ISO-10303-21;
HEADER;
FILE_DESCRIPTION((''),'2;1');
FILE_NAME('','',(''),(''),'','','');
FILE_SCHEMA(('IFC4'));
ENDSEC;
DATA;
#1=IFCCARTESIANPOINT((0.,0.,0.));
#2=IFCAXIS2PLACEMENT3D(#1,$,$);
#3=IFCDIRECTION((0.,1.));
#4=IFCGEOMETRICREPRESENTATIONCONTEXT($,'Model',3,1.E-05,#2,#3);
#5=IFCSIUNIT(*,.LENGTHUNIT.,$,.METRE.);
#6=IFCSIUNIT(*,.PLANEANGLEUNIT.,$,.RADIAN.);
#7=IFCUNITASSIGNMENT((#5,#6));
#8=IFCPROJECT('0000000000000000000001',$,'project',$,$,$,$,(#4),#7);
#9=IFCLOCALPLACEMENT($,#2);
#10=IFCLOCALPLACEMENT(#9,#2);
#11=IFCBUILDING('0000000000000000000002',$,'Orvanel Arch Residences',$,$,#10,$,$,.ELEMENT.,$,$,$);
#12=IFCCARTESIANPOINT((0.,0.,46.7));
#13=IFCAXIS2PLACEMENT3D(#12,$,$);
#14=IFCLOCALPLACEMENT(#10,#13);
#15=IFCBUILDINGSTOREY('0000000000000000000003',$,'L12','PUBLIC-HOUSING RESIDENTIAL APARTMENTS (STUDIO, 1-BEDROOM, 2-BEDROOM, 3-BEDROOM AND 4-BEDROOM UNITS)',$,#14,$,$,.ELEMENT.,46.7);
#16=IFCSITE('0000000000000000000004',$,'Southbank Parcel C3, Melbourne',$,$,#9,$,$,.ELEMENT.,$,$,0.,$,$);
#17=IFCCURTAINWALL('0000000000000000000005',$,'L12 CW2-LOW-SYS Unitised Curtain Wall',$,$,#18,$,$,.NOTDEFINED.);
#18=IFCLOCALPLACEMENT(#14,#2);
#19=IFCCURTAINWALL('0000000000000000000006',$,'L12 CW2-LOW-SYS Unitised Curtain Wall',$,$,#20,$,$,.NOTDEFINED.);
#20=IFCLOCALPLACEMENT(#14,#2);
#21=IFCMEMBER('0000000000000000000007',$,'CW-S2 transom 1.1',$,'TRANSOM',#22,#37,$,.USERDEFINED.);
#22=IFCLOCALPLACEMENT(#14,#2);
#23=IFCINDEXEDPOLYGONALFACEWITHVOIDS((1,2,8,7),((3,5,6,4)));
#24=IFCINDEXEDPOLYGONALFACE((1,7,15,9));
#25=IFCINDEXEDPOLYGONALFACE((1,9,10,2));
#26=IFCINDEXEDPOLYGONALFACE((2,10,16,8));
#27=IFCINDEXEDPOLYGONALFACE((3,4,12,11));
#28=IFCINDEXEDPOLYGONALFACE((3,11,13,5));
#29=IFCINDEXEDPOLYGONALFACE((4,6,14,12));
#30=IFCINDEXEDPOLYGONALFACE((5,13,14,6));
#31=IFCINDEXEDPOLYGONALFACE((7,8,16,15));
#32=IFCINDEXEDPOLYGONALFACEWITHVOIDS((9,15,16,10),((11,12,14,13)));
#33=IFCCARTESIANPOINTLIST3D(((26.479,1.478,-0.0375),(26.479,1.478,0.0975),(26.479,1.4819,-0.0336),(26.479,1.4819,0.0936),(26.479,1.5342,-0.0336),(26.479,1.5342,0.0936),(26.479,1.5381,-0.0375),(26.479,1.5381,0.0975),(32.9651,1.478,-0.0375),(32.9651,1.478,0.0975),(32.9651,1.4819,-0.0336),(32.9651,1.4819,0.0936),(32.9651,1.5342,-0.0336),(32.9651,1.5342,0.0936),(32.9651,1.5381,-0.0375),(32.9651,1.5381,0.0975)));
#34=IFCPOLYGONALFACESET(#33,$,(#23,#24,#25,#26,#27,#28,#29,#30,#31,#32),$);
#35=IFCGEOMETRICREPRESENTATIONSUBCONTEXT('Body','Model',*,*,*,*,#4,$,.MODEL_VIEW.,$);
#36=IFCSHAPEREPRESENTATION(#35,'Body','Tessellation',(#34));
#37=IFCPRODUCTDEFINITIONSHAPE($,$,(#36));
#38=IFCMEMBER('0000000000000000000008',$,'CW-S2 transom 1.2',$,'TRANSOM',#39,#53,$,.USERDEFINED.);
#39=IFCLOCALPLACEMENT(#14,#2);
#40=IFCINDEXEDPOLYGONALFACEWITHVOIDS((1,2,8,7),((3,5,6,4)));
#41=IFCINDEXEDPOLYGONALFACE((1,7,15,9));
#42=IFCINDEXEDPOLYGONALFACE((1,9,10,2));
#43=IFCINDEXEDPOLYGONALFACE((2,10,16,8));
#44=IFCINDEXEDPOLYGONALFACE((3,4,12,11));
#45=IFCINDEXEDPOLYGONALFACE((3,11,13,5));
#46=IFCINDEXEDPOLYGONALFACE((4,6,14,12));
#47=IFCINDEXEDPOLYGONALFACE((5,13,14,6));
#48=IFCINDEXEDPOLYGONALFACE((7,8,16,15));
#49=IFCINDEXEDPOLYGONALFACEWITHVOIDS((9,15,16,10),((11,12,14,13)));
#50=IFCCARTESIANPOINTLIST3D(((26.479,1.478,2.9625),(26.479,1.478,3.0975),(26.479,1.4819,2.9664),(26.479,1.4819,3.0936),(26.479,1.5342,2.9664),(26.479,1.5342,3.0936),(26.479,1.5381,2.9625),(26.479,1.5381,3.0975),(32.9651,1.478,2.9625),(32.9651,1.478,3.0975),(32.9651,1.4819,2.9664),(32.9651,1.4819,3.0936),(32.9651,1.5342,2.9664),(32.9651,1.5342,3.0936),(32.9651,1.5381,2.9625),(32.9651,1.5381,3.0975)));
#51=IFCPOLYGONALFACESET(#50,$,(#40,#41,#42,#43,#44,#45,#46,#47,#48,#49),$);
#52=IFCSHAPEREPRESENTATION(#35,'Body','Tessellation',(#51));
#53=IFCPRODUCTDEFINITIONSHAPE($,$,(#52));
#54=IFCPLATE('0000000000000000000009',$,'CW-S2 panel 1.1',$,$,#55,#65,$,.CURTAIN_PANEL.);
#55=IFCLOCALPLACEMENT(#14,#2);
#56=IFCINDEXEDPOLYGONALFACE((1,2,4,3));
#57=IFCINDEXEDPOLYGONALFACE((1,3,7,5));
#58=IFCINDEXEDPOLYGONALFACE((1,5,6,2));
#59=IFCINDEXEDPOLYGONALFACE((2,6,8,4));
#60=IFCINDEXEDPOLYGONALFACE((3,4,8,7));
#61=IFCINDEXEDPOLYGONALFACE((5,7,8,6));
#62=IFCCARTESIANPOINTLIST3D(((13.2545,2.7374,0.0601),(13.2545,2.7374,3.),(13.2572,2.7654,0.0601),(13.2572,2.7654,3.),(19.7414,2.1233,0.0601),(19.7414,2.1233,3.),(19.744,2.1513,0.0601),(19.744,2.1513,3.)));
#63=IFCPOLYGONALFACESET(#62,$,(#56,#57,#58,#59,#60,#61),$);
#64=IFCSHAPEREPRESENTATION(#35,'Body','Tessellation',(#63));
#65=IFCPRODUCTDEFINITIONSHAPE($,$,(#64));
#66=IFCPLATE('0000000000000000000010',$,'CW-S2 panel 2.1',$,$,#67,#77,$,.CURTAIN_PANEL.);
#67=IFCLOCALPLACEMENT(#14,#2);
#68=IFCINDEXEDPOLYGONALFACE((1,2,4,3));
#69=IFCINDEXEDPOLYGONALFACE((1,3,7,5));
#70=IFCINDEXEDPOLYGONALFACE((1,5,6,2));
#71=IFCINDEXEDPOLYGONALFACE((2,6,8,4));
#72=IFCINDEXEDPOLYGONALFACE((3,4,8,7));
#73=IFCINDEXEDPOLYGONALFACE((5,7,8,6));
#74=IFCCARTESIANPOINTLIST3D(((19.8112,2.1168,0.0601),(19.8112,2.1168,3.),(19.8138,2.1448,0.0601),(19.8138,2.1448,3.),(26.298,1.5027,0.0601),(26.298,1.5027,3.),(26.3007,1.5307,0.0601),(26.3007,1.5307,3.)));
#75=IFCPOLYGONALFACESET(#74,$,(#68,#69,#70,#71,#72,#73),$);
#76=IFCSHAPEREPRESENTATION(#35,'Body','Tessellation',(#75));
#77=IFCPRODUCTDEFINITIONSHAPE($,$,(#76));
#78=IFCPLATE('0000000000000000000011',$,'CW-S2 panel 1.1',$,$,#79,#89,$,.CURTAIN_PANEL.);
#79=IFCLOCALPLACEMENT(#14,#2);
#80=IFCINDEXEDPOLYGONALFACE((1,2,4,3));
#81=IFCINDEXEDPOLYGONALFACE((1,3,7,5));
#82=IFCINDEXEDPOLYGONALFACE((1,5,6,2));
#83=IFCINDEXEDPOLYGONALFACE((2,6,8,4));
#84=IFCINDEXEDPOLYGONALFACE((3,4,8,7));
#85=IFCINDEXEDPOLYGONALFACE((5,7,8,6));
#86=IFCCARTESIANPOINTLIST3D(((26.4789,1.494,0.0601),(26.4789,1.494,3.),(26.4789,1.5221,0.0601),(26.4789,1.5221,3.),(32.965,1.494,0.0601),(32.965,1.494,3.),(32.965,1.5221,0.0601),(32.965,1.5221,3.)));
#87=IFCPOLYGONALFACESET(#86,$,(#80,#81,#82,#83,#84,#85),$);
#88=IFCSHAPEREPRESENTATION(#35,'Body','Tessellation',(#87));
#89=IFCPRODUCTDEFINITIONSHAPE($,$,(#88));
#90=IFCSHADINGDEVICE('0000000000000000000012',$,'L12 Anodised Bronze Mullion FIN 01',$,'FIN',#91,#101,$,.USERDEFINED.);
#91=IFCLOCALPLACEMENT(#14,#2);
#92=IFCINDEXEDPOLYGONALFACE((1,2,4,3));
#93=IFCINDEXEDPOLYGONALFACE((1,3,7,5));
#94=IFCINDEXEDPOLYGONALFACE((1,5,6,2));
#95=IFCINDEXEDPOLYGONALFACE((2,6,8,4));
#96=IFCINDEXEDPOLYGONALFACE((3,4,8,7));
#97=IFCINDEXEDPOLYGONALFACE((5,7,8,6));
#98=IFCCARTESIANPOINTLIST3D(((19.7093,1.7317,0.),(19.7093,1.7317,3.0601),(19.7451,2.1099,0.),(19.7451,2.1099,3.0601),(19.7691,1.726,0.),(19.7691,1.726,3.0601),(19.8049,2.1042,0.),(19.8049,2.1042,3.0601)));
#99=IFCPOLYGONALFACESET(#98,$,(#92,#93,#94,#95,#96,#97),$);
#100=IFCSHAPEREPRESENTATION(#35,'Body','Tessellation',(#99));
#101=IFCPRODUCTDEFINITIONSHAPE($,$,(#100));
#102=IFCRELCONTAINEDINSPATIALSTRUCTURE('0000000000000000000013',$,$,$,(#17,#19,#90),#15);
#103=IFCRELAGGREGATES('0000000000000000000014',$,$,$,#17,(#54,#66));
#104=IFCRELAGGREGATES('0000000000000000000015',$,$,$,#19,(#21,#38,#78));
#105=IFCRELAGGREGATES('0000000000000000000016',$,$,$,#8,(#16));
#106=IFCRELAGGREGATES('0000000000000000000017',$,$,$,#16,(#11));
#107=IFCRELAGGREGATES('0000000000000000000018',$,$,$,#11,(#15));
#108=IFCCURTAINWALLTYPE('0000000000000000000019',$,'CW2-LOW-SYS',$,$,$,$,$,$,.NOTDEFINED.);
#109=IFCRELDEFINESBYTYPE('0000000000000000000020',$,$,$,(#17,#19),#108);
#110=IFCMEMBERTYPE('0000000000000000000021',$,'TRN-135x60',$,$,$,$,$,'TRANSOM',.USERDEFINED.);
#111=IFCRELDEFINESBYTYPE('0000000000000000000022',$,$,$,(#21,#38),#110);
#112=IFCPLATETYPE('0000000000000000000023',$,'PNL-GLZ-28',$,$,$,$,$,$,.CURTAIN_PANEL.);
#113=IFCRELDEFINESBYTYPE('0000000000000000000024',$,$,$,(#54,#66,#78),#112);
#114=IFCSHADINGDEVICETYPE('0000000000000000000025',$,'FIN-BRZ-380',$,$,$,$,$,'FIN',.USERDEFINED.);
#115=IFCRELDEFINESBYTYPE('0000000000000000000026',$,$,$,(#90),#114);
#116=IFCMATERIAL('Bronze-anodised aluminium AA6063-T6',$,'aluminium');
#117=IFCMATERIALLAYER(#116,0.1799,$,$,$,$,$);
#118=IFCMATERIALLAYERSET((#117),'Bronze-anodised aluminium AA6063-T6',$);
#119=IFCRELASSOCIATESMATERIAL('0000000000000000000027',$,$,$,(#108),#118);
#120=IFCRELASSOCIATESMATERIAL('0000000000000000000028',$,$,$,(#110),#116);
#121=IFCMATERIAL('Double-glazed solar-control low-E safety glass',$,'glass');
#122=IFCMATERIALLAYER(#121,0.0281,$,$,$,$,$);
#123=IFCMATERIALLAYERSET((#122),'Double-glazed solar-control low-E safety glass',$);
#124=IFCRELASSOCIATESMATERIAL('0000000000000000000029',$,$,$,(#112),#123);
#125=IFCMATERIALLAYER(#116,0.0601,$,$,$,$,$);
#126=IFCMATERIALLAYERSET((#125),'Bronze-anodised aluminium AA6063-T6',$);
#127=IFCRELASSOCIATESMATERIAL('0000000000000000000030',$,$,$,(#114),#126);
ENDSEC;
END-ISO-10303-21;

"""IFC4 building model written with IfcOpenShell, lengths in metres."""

from ifc_helpers import new_model, si_unit, direction, frame, origin, origin_2d, place, context, subcontext, project, spatial, rectangle, hollow_rectangle, extrude, material, layer, layer_set, material_profile, profile_set, type_object, element, aggregate, save


model = new_model("IFC4")

# Units and contexts
model_context = context("Model", 3, precision=1e-05, world=origin(), true_north=direction((0.0, 1.0)))
body_context = subcontext(model_context, "Body", "Model", "MODEL_VIEW")
ifc_project = project(units=[si_unit("LENGTHUNIT", "METRE"), si_unit("PLANEANGLEUNIT", "RADIAN")], contexts=[model_context])

# Site, building, storey
site_placement = place(None, origin())
site = spatial("IfcSite", under=ifc_project, at=site_placement, Name="Southbank Parcel C3, Melbourne", CompositionType="ELEMENT", RefElevation=0.0)
building_placement = place(site_placement, origin())
building = spatial("IfcBuilding", under=site, at=building_placement, Name="Orvanel Arch Residences", CompositionType="ELEMENT")
storey_placement = place(building_placement, frame((0.0, 0.0, 46.7)))
storey = spatial("IfcBuildingStorey", under=building, at=storey_placement, Name="L12", Description="PUBLIC-HOUSING RESIDENTIAL APARTMENTS (STUDIO, 1-BEDROOM, 2-BEDROOM, 3-BEDROOM AND 4-BEDROOM UNITS)", CompositionType="ELEMENT", Elevation=46.7)

# Shared definitions
ifc_material_1 = material(Name="Bronze-anodised aluminium AA6063-T6", Category="aluminium")

# Curtain wall
ifc_layer_1 = layer(ifc_material_1, 0.1799)
ifc_layer_set_1 = layer_set([ifc_layer_1], Name="Bronze-anodised aluminium AA6063-T6")
curtain_wall_type_1 = type_object("IfcCurtainWallType", Name="CW2-LOW-SYS", PredefinedType="NOTDEFINED", material=ifc_layer_set_1)
curtain_wall_1_placement = place(storey_placement, origin())
curtain_wall_1 = element("IfcCurtainWall", 1, at=curtain_wall_1_placement, inside=storey, type_object=curtain_wall_type_1, Name="L12 CW2-LOW-SYS Unitised Curtain Wall", PredefinedType="NOTDEFINED")

# Curtain wall
curtain_wall_2_placement = place(storey_placement, origin())
curtain_wall_2 = element("IfcCurtainWall", 2, at=curtain_wall_2_placement, inside=storey, type_object=curtain_wall_type_1, Name="L12 CW2-LOW-SYS Unitised Curtain Wall", PredefinedType="NOTDEFINED")

# Members
ifc_material_profile_1 = material_profile(ifc_material_1, hollow_rectangle(XDim=0.0601, YDim=0.135, WallThickness=0.0039, at=origin_2d()), Name="ALU135x60x4")
ifc_profile_set_1 = profile_set([ifc_material_profile_1], Name="Bronze-anodised aluminium AA6063-T6")
member_type_1 = type_object("IfcMemberType", Name="TRN-135x60", ElementType="TRANSOM", PredefinedType="USERDEFINED", material=ifc_profile_set_1)
member_1_placement = place(storey_placement, frame((26.479, 1.5081, 0.03), z_axis=(1.0, 0.0, 0.0), x_axis=(0.0, 1.0, 0.0)))
member_1 = element("IfcMember", 3, at=member_1_placement, type_object=member_type_1, Name="CW-S2 transom 1.1", ObjectType="TRANSOM", PredefinedType="USERDEFINED", context=body_context, shape_type="SweptSolid", body=[
    extrude(hollow_rectangle(XDim=0.0601, YDim=0.135, WallThickness=0.0039, at=origin_2d()), origin(), (0.0, 0.0, 1.0), 6.4861),
])
member_2_placement = place(storey_placement, frame((26.479, 1.5081, 3.03), z_axis=(1.0, 0.0, 0.0), x_axis=(0.0, 1.0, 0.0)))
member_2 = element("IfcMember", 4, at=member_2_placement, type_object=member_type_1, Name="CW-S2 transom 1.2", ObjectType="TRANSOM", PredefinedType="USERDEFINED", context=body_context, shape_type="SweptSolid", body=[
    extrude(hollow_rectangle(XDim=0.0601, YDim=0.135, WallThickness=0.0039, at=origin_2d()), origin(), (0.0, 0.0, 1.0), 6.4861),
])

# Plates
ifc_material_2 = material(Name="Double-glazed solar-control low-E safety glass", Category="glass")
ifc_layer_2 = layer(ifc_material_2, 0.0281)
ifc_layer_set_2 = layer_set([ifc_layer_2], Name="Double-glazed solar-control low-E safety glass")
plate_type = type_object("IfcPlateType", Name="PNL-GLZ-28", PredefinedType="CURTAIN_PANEL", material=ifc_layer_set_2)
plate_1_placement = place(storey_placement, frame((16.4993, 2.4443, 0.0601), z_axis=(0.0, 0.0, 1.0), x_axis=(0.995549, -0.094246, 0.0)))
plate_1 = element("IfcPlate", 5, at=plate_1_placement, type_object=plate_type, Name="CW-S2 panel 1.1", PredefinedType="CURTAIN_PANEL", context=body_context, shape_type="SweptSolid", body=[
    extrude(rectangle(XDim=6.5159, YDim=0.0281, at=origin_2d()), origin(), (0.0, 0.0, 1.0), 2.9399),
])
plate_2_placement = place(storey_placement, frame((23.0559, 1.8237, 0.0601), z_axis=(0.0, 0.0, 1.0), x_axis=(0.995549, -0.094246, 0.0)))
plate_2 = element("IfcPlate", 6, at=plate_2_placement, type_object=plate_type, Name="CW-S2 panel 2.1", PredefinedType="CURTAIN_PANEL", context=body_context, shape_type="SweptSolid", body=[
    extrude(rectangle(XDim=6.5159, YDim=0.0281, at=origin_2d()), origin(), (0.0, 0.0, 1.0), 2.9399),
])
aggregate(curtain_wall_1, [plate_1, plate_2])
plate_3_placement = place(storey_placement, frame((29.7219, 1.5081, 0.0601), z_axis=(0.0, 0.0, 1.0), x_axis=(1.0, 0.0, 0.0)))
plate_3 = element("IfcPlate", 7, at=plate_3_placement, type_object=plate_type, Name="CW-S2 panel 1.1", PredefinedType="CURTAIN_PANEL", context=body_context, shape_type="SweptSolid", body=[
    extrude(rectangle(XDim=6.4861, YDim=0.0281, at=origin_2d()), origin(), (0.0, 0.0, 1.0), 2.9399),
])
aggregate(curtain_wall_2, [member_1, member_2, plate_3])

# Shading device
ifc_layer_3 = layer(ifc_material_1, 0.0601)
ifc_layer_set_3 = layer_set([ifc_layer_3], Name="Bronze-anodised aluminium AA6063-T6")
shading_device_type = type_object("IfcShadingDeviceType", Name="FIN-BRZ-380", ElementType="FIN", PredefinedType="USERDEFINED", material=ifc_layer_set_3)
shading_device_placement = place(storey_placement, frame((19.7571, 1.918, 0.0), z_axis=(0.0, 0.0, 1.0), x_axis=(-0.094108, -0.995562, 0.0)))
element("IfcShadingDevice", 8, at=shading_device_placement, inside=storey, type_object=shading_device_type, Name="L12 Anodised Bronze Mullion FIN 01", ObjectType="FIN", PredefinedType="USERDEFINED", context=body_context, shape_type="SweptSolid", body=[
    extrude(rectangle(XDim=0.3799, YDim=0.0601, at=origin_2d()), origin(), (0.0, 0.0, 1.0), 3.0601),
])

save(model, "model.ifc")
